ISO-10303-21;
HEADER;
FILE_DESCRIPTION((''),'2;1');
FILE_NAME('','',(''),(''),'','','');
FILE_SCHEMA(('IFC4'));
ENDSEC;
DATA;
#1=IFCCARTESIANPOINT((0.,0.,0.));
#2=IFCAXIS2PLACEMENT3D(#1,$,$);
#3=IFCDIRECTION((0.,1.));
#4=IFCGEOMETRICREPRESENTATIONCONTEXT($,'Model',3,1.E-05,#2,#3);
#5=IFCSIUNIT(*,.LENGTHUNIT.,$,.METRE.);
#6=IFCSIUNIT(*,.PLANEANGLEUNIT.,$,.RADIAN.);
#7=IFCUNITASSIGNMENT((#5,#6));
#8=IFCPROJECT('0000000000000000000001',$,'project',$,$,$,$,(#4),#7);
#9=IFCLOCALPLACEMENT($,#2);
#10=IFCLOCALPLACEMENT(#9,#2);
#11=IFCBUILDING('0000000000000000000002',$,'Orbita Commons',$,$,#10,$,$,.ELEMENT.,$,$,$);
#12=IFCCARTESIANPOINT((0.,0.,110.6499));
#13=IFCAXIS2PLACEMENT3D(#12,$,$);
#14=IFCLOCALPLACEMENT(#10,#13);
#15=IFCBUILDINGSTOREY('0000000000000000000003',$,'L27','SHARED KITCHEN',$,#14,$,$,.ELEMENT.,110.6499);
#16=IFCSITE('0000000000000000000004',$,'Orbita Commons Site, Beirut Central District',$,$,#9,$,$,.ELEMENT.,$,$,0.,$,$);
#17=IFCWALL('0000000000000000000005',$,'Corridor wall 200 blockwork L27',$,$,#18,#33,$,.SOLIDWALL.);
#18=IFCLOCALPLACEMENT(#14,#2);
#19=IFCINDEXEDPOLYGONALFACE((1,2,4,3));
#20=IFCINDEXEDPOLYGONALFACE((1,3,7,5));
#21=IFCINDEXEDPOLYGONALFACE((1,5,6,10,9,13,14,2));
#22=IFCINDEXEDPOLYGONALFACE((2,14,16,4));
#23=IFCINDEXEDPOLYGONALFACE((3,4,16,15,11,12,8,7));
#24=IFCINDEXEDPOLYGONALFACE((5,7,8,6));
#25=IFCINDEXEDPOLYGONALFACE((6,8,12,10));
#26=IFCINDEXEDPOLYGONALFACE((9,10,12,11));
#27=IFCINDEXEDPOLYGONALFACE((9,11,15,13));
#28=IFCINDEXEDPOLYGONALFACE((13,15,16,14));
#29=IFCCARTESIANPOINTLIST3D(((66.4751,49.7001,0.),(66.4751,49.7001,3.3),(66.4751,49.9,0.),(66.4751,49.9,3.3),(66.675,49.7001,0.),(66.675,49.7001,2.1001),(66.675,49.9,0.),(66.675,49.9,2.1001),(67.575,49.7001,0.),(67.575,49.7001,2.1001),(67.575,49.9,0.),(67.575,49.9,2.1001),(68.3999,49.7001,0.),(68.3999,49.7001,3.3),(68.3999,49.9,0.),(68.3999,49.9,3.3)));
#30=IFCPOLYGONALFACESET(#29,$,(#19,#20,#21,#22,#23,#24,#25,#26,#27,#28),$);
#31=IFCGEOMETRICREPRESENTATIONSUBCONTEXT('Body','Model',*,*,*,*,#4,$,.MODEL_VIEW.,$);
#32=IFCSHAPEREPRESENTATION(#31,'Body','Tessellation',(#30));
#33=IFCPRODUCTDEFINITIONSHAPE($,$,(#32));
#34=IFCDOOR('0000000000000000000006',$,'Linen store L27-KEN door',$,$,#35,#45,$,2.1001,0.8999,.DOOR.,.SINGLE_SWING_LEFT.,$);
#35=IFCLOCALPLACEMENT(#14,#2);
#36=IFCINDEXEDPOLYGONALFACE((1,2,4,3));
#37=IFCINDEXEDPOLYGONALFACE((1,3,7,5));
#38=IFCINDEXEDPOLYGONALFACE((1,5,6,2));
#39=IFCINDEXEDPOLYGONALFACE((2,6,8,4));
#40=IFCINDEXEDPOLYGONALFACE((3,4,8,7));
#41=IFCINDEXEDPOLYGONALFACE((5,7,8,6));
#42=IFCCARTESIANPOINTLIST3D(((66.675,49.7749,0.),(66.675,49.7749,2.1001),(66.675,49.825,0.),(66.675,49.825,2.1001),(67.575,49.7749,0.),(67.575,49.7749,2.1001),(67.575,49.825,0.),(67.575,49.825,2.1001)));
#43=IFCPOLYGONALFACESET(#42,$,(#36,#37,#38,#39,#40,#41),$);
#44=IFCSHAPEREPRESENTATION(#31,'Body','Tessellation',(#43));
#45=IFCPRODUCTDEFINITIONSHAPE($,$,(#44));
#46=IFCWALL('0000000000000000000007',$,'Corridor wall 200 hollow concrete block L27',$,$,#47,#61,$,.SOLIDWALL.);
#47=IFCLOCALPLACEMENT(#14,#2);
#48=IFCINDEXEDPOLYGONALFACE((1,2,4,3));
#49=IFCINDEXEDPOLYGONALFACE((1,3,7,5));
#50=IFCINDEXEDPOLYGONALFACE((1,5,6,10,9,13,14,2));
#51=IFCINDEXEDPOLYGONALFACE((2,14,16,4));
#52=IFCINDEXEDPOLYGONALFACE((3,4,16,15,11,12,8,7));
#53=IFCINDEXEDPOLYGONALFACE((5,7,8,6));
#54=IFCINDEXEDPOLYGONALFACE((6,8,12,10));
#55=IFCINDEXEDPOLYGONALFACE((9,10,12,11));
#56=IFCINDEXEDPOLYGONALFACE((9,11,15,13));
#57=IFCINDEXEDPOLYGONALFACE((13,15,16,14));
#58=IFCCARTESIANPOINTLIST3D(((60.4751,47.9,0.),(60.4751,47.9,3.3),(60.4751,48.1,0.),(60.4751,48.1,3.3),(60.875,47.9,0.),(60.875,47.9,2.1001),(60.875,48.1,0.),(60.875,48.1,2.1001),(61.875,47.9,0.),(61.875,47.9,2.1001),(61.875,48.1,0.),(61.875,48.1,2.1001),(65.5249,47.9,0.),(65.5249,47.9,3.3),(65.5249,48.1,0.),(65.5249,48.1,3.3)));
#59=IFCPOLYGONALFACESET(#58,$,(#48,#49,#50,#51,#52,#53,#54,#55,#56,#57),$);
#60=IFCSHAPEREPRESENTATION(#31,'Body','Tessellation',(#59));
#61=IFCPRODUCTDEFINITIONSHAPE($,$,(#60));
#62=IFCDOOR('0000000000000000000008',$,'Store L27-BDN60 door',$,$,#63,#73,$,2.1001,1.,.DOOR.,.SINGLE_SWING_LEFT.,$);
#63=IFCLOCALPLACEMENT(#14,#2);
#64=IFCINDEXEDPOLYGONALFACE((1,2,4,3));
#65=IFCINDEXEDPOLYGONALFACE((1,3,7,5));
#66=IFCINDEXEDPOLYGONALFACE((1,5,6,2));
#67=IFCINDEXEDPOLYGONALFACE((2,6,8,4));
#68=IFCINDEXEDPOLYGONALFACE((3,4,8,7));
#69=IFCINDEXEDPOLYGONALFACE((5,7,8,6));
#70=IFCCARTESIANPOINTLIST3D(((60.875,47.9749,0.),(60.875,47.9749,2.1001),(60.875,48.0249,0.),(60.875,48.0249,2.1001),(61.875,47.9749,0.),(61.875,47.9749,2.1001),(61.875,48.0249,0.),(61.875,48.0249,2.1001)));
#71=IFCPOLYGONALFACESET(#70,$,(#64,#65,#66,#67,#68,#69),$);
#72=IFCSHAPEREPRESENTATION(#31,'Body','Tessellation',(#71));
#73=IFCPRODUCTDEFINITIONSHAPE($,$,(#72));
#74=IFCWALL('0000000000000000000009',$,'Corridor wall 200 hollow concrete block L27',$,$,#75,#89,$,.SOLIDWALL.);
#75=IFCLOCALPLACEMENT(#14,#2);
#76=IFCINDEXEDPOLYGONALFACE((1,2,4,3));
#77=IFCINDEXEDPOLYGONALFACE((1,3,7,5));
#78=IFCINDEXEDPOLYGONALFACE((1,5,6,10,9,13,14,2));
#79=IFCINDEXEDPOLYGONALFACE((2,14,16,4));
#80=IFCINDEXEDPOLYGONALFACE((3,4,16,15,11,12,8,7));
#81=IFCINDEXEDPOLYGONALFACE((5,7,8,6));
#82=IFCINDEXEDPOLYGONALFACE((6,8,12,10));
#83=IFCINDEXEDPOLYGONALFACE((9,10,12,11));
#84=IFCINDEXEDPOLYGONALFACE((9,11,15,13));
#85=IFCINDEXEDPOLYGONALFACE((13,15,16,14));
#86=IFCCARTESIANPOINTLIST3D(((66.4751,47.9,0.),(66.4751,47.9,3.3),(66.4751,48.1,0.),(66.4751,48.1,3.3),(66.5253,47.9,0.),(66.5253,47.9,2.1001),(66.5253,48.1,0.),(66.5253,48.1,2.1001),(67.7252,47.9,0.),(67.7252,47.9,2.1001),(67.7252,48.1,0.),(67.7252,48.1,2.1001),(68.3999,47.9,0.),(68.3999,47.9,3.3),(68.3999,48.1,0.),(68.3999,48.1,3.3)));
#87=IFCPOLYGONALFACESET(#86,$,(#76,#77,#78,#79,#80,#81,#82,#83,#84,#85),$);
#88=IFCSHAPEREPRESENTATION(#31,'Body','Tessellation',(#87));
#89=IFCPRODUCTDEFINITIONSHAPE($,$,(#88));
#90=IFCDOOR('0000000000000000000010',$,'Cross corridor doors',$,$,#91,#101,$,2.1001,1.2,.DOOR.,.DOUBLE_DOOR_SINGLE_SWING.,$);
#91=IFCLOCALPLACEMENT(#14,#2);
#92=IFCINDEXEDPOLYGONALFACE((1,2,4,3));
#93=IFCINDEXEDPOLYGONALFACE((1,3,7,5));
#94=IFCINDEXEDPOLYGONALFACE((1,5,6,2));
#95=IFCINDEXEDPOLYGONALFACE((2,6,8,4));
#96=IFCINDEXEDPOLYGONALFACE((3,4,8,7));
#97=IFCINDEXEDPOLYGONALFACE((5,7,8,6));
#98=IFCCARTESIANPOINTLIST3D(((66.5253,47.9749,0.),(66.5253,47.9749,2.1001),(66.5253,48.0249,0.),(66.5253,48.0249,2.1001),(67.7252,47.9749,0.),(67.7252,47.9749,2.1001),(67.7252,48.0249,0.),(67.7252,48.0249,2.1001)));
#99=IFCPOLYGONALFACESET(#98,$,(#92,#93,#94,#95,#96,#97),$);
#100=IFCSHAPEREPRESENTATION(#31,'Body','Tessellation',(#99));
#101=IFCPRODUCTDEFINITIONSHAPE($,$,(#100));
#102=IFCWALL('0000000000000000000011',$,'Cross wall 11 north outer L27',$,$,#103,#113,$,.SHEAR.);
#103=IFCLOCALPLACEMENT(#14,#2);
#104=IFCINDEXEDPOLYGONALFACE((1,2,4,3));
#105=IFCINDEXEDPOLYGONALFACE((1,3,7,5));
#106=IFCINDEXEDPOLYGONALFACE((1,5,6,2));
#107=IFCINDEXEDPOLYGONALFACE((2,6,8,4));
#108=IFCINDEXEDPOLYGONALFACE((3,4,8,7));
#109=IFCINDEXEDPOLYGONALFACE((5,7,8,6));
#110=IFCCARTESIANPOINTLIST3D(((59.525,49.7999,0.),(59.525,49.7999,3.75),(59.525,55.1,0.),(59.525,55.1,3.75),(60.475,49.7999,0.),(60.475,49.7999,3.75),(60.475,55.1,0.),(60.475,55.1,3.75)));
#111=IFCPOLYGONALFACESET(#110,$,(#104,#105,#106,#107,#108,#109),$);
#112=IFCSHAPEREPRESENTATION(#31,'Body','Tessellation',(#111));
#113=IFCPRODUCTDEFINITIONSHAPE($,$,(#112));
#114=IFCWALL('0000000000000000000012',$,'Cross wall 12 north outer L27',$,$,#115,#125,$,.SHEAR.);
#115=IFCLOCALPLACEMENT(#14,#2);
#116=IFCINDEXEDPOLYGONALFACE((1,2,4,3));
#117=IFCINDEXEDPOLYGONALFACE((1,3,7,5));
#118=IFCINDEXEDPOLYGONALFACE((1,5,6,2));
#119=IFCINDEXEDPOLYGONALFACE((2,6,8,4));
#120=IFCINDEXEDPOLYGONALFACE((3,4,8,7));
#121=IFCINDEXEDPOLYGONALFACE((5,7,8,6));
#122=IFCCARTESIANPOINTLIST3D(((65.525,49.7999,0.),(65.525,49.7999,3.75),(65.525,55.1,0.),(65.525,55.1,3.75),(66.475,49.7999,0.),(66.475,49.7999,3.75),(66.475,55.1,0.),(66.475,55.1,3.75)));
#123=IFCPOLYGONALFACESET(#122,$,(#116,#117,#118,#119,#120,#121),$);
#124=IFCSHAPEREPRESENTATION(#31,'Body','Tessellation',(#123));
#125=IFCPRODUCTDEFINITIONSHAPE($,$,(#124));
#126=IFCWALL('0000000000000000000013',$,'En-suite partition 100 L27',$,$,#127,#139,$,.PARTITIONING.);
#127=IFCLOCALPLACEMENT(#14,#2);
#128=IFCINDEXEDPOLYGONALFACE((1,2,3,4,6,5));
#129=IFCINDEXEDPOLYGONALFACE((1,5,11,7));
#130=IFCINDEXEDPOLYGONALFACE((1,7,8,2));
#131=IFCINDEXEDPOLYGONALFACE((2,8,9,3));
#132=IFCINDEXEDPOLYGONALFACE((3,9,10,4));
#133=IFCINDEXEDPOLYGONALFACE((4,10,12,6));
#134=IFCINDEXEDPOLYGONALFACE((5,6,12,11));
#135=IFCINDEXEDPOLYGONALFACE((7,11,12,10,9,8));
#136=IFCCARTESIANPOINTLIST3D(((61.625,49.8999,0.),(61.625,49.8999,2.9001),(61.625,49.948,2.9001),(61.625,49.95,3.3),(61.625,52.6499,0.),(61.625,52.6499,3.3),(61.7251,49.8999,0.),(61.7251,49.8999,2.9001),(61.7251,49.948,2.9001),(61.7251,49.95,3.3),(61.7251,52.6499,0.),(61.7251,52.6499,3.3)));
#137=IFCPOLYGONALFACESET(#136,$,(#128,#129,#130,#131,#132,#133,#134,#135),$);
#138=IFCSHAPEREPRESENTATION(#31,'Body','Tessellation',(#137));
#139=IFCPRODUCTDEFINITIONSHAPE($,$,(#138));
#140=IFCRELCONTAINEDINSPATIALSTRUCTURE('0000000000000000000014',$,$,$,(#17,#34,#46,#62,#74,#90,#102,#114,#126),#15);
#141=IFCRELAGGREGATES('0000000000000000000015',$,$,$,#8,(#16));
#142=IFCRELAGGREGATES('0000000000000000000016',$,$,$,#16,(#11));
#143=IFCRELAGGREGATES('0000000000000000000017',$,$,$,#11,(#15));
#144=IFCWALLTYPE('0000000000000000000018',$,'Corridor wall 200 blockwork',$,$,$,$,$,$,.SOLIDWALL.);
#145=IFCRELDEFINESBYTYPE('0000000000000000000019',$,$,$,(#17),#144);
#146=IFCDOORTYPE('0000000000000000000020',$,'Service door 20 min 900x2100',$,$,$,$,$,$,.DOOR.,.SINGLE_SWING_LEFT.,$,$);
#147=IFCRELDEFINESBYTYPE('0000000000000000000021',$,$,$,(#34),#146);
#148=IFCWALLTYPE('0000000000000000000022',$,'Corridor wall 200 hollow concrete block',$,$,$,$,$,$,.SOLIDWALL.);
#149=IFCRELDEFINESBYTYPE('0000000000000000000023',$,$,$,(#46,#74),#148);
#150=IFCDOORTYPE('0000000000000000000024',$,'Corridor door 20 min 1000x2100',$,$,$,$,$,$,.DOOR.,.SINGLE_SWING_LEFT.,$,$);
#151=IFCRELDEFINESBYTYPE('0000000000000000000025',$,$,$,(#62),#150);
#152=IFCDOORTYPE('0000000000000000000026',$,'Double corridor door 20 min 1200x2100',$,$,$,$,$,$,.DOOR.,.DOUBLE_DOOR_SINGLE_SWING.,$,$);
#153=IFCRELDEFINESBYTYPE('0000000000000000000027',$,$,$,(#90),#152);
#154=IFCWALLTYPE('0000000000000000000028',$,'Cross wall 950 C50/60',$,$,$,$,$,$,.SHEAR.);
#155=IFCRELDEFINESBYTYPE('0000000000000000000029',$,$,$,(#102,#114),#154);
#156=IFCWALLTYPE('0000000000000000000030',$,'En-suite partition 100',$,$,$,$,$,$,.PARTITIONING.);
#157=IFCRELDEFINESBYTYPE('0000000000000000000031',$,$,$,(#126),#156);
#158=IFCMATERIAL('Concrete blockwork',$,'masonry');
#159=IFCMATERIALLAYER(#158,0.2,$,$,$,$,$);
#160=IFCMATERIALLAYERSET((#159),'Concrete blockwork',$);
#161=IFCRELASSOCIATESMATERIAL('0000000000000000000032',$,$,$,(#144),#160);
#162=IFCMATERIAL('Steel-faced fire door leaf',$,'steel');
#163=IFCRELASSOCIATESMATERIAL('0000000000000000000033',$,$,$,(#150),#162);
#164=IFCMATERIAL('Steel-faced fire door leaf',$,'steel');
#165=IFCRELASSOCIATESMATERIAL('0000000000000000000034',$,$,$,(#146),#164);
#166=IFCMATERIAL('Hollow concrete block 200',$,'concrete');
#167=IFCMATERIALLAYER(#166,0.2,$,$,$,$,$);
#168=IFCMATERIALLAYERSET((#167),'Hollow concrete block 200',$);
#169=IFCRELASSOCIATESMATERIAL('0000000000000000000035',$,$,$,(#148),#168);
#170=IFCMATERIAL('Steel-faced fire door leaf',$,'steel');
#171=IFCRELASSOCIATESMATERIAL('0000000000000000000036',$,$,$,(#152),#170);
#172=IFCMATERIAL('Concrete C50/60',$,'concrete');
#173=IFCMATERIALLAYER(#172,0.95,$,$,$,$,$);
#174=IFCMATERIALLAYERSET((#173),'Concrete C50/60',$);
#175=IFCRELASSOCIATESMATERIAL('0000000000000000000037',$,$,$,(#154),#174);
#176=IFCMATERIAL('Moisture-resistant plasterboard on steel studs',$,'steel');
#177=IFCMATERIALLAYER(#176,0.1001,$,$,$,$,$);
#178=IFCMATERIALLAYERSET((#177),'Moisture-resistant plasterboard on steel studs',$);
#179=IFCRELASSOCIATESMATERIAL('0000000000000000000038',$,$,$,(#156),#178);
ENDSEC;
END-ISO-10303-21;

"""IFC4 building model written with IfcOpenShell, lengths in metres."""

from ifc_helpers import new_model, si_unit, direction, frame, frame_2d, origin, place, context, subcontext, project, spatial, polyline, rectangle, outline, extrude, material, layer, layer_set, type_object, element, fill, save


model = new_model("IFC4")

# Units and contexts
model_context = context("Model", 3, precision=1e-05, world=origin(), true_north=direction((0.0, 1.0)))
body_context = subcontext(model_context, "Body", "Model", "MODEL_VIEW")
ifc_project = project(units=[si_unit("LENGTHUNIT", "METRE"), si_unit("PLANEANGLEUNIT", "RADIAN")], contexts=[model_context])

# Site, building, storey
site_placement = place(None, origin())
site = spatial("IfcSite", under=ifc_project, at=site_placement, Name="Orbita Commons Site, Beirut Central District", CompositionType="ELEMENT", RefElevation=0.0)
building_placement = place(site_placement, origin())
building = spatial("IfcBuilding", under=site, at=building_placement, Name="Orbita Commons", CompositionType="ELEMENT")
storey_placement = place(building_placement, frame((0.0, 0.0, 110.6499)))
storey = spatial("IfcBuildingStorey", under=building, at=storey_placement, Name="L27", Description="SHARED KITCHEN", CompositionType="ELEMENT", Elevation=110.6499)

# Shared definitions
ifc_material_1 = material(Name="Concrete blockwork", Category="masonry")
ifc_layer_1 = layer(ifc_material_1, 0.2)
ifc_layer_set_1 = layer_set([ifc_layer_1], Name="Concrete blockwork")
wall_type_1 = type_object("IfcWallType", Name="Corridor wall 200 blockwork", PredefinedType="SOLIDWALL", material=ifc_layer_set_1)
ifc_material_2 = material(Name="Steel-faced fire door leaf", Category="steel")
door_type_1 = type_object("IfcDoorType", Name="Corridor door 20 min 1000x2100", OperationType="SINGLE_SWING_LEFT", PredefinedType="DOOR", material=ifc_material_2)

# Walls, openings, doors
wall_1_placement = place(storey_placement, frame((66.4751, 49.8, 0.0), z_axis=(0.0, 0.0, 1.0), x_axis=(1.0, 0.0, 0.0)))
wall_1 = element("IfcWall", 1, at=wall_1_placement, inside=storey, type_object=wall_type_1, Name="Corridor wall 200 blockwork L27", PredefinedType="SOLIDWALL", context=body_context, shape_type="SweptSolid", body=[
    extrude(rectangle(XDim=1.9248, YDim=0.2, at=frame_2d((0.9624, 0.0))), origin(), (0.0, 0.0, 1.0), 3.3),
])
opening_1_placement = place(wall_1_placement, frame((0.2, 0.0, 0.0)))
opening_1 = element("IfcOpeningElement", 2, at=opening_1_placement, cuts=wall_1, PredefinedType="OPENING", context=body_context, shape_type="SweptSolid", body=[
    extrude(rectangle(XDim=0.8999, YDim=2.1001, at=frame_2d((0.45, 1.05))), frame((0.0, 0.1099, 0.0), z_axis=(0.0, -1.0, 0.0), x_axis=(1.0, 0.0, 0.0)), (0.0, 0.0, 1.0), 0.22),
])
ifc_material_3 = material(Name="Steel-faced fire door leaf", Category="steel")
door_type_2 = type_object("IfcDoorType", Name="Service door 20 min 900x2100", OperationType="SINGLE_SWING_LEFT", PredefinedType="DOOR", material=ifc_material_3)
door_1_placement = place(opening_1_placement, origin())
door_1 = element("IfcDoor", 3, at=door_1_placement, inside=storey, type_object=door_type_2, Name="Linen store L27-KEN door", OperationType="SINGLE_SWING_LEFT", OverallHeight=2.1001, OverallWidth=0.8999, PredefinedType="DOOR", context=body_context, shape_type="SweptSolid", body=[
    extrude(rectangle(XDim=0.8999, YDim=2.1001, at=frame_2d((0.45, 1.05))), frame((0.0, 0.0249, 0.0), z_axis=(0.0, -1.0, 0.0), x_axis=(1.0, 0.0, 0.0)), (0.0, 0.0, 1.0), 0.05),
])
fill(opening_1, door_1)
ifc_material_4 = material(Name="Hollow concrete block 200", Category="concrete")
ifc_layer_2 = layer(ifc_material_4, 0.2)
ifc_layer_set_2 = layer_set([ifc_layer_2], Name="Hollow concrete block 200")
wall_type_2 = type_object("IfcWallType", Name="Corridor wall 200 hollow concrete block", PredefinedType="SOLIDWALL", material=ifc_layer_set_2)
wall_2_placement = place(storey_placement, frame((60.4751, 48.0, 0.0), z_axis=(0.0, 0.0, 1.0), x_axis=(1.0, 0.0, 0.0)))
wall_2 = element("IfcWall", 4, at=wall_2_placement, inside=storey, type_object=wall_type_2, Name="Corridor wall 200 hollow concrete block L27", PredefinedType="SOLIDWALL", context=body_context, shape_type="SweptSolid", body=[
    extrude(rectangle(XDim=5.0498, YDim=0.2, at=frame_2d((2.5249, 0.0))), origin(), (0.0, 0.0, 1.0), 3.3),
])
opening_2_placement = place(wall_2_placement, frame((0.3999, 0.0, 0.0)))
opening_2 = element("IfcOpeningElement", 5, at=opening_2_placement, cuts=wall_2, PredefinedType="OPENING", context=body_context, shape_type="SweptSolid", body=[
    extrude(rectangle(XDim=1.0, YDim=2.1001, at=frame_2d((0.5, 1.05))), frame((0.0, 0.1099, 0.0), z_axis=(0.0, -1.0, 0.0), x_axis=(1.0, 0.0, 0.0)), (0.0, 0.0, 1.0), 0.22),
])
door_2_placement = place(opening_2_placement, origin())
door_2 = element("IfcDoor", 6, at=door_2_placement, inside=storey, type_object=door_type_1, Name="Store L27-BDN60 door", OperationType="SINGLE_SWING_LEFT", OverallHeight=2.1001, OverallWidth=1.0, PredefinedType="DOOR", context=body_context, shape_type="SweptSolid", body=[
    extrude(rectangle(XDim=1.0, YDim=2.1001, at=frame_2d((0.5, 1.05))), frame((0.0, 0.0249, 0.0), z_axis=(0.0, -1.0, 0.0), x_axis=(1.0, 0.0, 0.0)), (0.0, 0.0, 1.0), 0.05),
])
fill(opening_2, door_2)
wall_3_placement = place(storey_placement, frame((66.4751, 48.0, 0.0), z_axis=(0.0, 0.0, 1.0), x_axis=(1.0, 0.0, 0.0)))
wall_3 = element("IfcWall", 7, at=wall_3_placement, inside=storey, type_object=wall_type_2, Name="Corridor wall 200 hollow concrete block L27", PredefinedType="SOLIDWALL", context=body_context, shape_type="SweptSolid", body=[
    extrude(rectangle(XDim=1.9248, YDim=0.2, at=frame_2d((0.9624, 0.0))), origin(), (0.0, 0.0, 1.0), 3.3),
])
opening_3_placement = place(wall_3_placement, frame((0.05, 0.0, 0.0)))
opening_3 = element("IfcOpeningElement", 8, at=opening_3_placement, cuts=wall_3, PredefinedType="OPENING", context=body_context, shape_type="SweptSolid", body=[
    extrude(rectangle(XDim=1.2, YDim=2.1001, at=frame_2d((0.6001, 1.05))), frame((0.0, 0.1099, 0.0), z_axis=(0.0, -1.0, 0.0), x_axis=(1.0, 0.0, 0.0)), (0.0, 0.0, 1.0), 0.22),
])
ifc_material_5 = material(Name="Steel-faced fire door leaf", Category="steel")
door_type_3 = type_object("IfcDoorType", Name="Double corridor door 20 min 1200x2100", OperationType="DOUBLE_DOOR_SINGLE_SWING", PredefinedType="DOOR", material=ifc_material_5)
door_3_placement = place(opening_3_placement, origin())
door_3 = element("IfcDoor", 9, at=door_3_placement, inside=storey, type_object=door_type_3, Name="Cross corridor doors", OperationType="DOUBLE_DOOR_SINGLE_SWING", OverallHeight=2.1001, OverallWidth=1.2, PredefinedType="DOOR", context=body_context, shape_type="SweptSolid", body=[
    extrude(rectangle(XDim=1.2, YDim=2.1001, at=frame_2d((0.6001, 1.05))), frame((0.0, 0.0249, 0.0), z_axis=(0.0, -1.0, 0.0), x_axis=(1.0, 0.0, 0.0)), (0.0, 0.0, 1.0), 0.05),
])
fill(opening_3, door_3)

# Walls
ifc_material_6 = material(Name="Concrete C50/60", Category="concrete")
ifc_layer_3 = layer(ifc_material_6, 0.95)
ifc_layer_set_3 = layer_set([ifc_layer_3], Name="Concrete C50/60")
wall_type_3 = type_object("IfcWallType", Name="Cross wall 950 C50/60", PredefinedType="SHEAR", material=ifc_layer_set_3)
for number, where, z_axis, x_axis, name in (
    (10, (60.0, 49.8, 0.0), (0.0, 0.0, 1.0), (0.0, 1.0, 0.0), "Cross wall 11 north outer L27"),
    (11, (66.0, 49.8, 0.0), (0.0, 0.0, 1.0), (0.0, 1.0, 0.0), "Cross wall 12 north outer L27"),
):
    element("IfcWall", number, at=place(storey_placement, frame(where, z_axis=z_axis, x_axis=x_axis)), inside=storey, type_object=wall_type_3, Name=name, PredefinedType="SHEAR", context=body_context, shape_type="SweptSolid", body=[
        extrude(rectangle(XDim=5.3, YDim=0.95, at=frame_2d((2.6499, 0.0))), origin(), (0.0, 0.0, 1.0), 3.75),
    ])
ifc_material_7 = material(Name="Moisture-resistant plasterboard on steel studs", Category="steel")
ifc_layer_4 = layer(ifc_material_7, 0.1001)
ifc_layer_set_4 = layer_set([ifc_layer_4], Name="Moisture-resistant plasterboard on steel studs")
wall_type_4 = type_object("IfcWallType", Name="En-suite partition 100", PredefinedType="PARTITIONING", material=ifc_layer_set_4)
wall_4_placement = place(storey_placement, frame((61.675, 52.6499, 0.0), z_axis=(0.0, 0.0, 1.0), x_axis=(0.0, -1.0, 0.0)))
element("IfcWall", 12, at=wall_4_placement, inside=storey, type_object=wall_type_4, Name="En-suite partition 100 L27", PredefinedType="PARTITIONING", context=body_context, shape_type="SweptSolid", body=[
    extrude(outline(polyline([(0.0, 0.0), (2.75, 0.0), (2.75, 2.9001), (2.7019, 2.9001), (2.7, 3.3), (0.0, 3.3), (0.0, 0.0)])), frame((0.0, 0.05, 0.0), z_axis=(0.0, -1.0, 0.0), x_axis=(1.0, 0.0, 0.0)), (0.0, 0.0, 1.0), 0.1001),
])

save(model, "model.ifc")
